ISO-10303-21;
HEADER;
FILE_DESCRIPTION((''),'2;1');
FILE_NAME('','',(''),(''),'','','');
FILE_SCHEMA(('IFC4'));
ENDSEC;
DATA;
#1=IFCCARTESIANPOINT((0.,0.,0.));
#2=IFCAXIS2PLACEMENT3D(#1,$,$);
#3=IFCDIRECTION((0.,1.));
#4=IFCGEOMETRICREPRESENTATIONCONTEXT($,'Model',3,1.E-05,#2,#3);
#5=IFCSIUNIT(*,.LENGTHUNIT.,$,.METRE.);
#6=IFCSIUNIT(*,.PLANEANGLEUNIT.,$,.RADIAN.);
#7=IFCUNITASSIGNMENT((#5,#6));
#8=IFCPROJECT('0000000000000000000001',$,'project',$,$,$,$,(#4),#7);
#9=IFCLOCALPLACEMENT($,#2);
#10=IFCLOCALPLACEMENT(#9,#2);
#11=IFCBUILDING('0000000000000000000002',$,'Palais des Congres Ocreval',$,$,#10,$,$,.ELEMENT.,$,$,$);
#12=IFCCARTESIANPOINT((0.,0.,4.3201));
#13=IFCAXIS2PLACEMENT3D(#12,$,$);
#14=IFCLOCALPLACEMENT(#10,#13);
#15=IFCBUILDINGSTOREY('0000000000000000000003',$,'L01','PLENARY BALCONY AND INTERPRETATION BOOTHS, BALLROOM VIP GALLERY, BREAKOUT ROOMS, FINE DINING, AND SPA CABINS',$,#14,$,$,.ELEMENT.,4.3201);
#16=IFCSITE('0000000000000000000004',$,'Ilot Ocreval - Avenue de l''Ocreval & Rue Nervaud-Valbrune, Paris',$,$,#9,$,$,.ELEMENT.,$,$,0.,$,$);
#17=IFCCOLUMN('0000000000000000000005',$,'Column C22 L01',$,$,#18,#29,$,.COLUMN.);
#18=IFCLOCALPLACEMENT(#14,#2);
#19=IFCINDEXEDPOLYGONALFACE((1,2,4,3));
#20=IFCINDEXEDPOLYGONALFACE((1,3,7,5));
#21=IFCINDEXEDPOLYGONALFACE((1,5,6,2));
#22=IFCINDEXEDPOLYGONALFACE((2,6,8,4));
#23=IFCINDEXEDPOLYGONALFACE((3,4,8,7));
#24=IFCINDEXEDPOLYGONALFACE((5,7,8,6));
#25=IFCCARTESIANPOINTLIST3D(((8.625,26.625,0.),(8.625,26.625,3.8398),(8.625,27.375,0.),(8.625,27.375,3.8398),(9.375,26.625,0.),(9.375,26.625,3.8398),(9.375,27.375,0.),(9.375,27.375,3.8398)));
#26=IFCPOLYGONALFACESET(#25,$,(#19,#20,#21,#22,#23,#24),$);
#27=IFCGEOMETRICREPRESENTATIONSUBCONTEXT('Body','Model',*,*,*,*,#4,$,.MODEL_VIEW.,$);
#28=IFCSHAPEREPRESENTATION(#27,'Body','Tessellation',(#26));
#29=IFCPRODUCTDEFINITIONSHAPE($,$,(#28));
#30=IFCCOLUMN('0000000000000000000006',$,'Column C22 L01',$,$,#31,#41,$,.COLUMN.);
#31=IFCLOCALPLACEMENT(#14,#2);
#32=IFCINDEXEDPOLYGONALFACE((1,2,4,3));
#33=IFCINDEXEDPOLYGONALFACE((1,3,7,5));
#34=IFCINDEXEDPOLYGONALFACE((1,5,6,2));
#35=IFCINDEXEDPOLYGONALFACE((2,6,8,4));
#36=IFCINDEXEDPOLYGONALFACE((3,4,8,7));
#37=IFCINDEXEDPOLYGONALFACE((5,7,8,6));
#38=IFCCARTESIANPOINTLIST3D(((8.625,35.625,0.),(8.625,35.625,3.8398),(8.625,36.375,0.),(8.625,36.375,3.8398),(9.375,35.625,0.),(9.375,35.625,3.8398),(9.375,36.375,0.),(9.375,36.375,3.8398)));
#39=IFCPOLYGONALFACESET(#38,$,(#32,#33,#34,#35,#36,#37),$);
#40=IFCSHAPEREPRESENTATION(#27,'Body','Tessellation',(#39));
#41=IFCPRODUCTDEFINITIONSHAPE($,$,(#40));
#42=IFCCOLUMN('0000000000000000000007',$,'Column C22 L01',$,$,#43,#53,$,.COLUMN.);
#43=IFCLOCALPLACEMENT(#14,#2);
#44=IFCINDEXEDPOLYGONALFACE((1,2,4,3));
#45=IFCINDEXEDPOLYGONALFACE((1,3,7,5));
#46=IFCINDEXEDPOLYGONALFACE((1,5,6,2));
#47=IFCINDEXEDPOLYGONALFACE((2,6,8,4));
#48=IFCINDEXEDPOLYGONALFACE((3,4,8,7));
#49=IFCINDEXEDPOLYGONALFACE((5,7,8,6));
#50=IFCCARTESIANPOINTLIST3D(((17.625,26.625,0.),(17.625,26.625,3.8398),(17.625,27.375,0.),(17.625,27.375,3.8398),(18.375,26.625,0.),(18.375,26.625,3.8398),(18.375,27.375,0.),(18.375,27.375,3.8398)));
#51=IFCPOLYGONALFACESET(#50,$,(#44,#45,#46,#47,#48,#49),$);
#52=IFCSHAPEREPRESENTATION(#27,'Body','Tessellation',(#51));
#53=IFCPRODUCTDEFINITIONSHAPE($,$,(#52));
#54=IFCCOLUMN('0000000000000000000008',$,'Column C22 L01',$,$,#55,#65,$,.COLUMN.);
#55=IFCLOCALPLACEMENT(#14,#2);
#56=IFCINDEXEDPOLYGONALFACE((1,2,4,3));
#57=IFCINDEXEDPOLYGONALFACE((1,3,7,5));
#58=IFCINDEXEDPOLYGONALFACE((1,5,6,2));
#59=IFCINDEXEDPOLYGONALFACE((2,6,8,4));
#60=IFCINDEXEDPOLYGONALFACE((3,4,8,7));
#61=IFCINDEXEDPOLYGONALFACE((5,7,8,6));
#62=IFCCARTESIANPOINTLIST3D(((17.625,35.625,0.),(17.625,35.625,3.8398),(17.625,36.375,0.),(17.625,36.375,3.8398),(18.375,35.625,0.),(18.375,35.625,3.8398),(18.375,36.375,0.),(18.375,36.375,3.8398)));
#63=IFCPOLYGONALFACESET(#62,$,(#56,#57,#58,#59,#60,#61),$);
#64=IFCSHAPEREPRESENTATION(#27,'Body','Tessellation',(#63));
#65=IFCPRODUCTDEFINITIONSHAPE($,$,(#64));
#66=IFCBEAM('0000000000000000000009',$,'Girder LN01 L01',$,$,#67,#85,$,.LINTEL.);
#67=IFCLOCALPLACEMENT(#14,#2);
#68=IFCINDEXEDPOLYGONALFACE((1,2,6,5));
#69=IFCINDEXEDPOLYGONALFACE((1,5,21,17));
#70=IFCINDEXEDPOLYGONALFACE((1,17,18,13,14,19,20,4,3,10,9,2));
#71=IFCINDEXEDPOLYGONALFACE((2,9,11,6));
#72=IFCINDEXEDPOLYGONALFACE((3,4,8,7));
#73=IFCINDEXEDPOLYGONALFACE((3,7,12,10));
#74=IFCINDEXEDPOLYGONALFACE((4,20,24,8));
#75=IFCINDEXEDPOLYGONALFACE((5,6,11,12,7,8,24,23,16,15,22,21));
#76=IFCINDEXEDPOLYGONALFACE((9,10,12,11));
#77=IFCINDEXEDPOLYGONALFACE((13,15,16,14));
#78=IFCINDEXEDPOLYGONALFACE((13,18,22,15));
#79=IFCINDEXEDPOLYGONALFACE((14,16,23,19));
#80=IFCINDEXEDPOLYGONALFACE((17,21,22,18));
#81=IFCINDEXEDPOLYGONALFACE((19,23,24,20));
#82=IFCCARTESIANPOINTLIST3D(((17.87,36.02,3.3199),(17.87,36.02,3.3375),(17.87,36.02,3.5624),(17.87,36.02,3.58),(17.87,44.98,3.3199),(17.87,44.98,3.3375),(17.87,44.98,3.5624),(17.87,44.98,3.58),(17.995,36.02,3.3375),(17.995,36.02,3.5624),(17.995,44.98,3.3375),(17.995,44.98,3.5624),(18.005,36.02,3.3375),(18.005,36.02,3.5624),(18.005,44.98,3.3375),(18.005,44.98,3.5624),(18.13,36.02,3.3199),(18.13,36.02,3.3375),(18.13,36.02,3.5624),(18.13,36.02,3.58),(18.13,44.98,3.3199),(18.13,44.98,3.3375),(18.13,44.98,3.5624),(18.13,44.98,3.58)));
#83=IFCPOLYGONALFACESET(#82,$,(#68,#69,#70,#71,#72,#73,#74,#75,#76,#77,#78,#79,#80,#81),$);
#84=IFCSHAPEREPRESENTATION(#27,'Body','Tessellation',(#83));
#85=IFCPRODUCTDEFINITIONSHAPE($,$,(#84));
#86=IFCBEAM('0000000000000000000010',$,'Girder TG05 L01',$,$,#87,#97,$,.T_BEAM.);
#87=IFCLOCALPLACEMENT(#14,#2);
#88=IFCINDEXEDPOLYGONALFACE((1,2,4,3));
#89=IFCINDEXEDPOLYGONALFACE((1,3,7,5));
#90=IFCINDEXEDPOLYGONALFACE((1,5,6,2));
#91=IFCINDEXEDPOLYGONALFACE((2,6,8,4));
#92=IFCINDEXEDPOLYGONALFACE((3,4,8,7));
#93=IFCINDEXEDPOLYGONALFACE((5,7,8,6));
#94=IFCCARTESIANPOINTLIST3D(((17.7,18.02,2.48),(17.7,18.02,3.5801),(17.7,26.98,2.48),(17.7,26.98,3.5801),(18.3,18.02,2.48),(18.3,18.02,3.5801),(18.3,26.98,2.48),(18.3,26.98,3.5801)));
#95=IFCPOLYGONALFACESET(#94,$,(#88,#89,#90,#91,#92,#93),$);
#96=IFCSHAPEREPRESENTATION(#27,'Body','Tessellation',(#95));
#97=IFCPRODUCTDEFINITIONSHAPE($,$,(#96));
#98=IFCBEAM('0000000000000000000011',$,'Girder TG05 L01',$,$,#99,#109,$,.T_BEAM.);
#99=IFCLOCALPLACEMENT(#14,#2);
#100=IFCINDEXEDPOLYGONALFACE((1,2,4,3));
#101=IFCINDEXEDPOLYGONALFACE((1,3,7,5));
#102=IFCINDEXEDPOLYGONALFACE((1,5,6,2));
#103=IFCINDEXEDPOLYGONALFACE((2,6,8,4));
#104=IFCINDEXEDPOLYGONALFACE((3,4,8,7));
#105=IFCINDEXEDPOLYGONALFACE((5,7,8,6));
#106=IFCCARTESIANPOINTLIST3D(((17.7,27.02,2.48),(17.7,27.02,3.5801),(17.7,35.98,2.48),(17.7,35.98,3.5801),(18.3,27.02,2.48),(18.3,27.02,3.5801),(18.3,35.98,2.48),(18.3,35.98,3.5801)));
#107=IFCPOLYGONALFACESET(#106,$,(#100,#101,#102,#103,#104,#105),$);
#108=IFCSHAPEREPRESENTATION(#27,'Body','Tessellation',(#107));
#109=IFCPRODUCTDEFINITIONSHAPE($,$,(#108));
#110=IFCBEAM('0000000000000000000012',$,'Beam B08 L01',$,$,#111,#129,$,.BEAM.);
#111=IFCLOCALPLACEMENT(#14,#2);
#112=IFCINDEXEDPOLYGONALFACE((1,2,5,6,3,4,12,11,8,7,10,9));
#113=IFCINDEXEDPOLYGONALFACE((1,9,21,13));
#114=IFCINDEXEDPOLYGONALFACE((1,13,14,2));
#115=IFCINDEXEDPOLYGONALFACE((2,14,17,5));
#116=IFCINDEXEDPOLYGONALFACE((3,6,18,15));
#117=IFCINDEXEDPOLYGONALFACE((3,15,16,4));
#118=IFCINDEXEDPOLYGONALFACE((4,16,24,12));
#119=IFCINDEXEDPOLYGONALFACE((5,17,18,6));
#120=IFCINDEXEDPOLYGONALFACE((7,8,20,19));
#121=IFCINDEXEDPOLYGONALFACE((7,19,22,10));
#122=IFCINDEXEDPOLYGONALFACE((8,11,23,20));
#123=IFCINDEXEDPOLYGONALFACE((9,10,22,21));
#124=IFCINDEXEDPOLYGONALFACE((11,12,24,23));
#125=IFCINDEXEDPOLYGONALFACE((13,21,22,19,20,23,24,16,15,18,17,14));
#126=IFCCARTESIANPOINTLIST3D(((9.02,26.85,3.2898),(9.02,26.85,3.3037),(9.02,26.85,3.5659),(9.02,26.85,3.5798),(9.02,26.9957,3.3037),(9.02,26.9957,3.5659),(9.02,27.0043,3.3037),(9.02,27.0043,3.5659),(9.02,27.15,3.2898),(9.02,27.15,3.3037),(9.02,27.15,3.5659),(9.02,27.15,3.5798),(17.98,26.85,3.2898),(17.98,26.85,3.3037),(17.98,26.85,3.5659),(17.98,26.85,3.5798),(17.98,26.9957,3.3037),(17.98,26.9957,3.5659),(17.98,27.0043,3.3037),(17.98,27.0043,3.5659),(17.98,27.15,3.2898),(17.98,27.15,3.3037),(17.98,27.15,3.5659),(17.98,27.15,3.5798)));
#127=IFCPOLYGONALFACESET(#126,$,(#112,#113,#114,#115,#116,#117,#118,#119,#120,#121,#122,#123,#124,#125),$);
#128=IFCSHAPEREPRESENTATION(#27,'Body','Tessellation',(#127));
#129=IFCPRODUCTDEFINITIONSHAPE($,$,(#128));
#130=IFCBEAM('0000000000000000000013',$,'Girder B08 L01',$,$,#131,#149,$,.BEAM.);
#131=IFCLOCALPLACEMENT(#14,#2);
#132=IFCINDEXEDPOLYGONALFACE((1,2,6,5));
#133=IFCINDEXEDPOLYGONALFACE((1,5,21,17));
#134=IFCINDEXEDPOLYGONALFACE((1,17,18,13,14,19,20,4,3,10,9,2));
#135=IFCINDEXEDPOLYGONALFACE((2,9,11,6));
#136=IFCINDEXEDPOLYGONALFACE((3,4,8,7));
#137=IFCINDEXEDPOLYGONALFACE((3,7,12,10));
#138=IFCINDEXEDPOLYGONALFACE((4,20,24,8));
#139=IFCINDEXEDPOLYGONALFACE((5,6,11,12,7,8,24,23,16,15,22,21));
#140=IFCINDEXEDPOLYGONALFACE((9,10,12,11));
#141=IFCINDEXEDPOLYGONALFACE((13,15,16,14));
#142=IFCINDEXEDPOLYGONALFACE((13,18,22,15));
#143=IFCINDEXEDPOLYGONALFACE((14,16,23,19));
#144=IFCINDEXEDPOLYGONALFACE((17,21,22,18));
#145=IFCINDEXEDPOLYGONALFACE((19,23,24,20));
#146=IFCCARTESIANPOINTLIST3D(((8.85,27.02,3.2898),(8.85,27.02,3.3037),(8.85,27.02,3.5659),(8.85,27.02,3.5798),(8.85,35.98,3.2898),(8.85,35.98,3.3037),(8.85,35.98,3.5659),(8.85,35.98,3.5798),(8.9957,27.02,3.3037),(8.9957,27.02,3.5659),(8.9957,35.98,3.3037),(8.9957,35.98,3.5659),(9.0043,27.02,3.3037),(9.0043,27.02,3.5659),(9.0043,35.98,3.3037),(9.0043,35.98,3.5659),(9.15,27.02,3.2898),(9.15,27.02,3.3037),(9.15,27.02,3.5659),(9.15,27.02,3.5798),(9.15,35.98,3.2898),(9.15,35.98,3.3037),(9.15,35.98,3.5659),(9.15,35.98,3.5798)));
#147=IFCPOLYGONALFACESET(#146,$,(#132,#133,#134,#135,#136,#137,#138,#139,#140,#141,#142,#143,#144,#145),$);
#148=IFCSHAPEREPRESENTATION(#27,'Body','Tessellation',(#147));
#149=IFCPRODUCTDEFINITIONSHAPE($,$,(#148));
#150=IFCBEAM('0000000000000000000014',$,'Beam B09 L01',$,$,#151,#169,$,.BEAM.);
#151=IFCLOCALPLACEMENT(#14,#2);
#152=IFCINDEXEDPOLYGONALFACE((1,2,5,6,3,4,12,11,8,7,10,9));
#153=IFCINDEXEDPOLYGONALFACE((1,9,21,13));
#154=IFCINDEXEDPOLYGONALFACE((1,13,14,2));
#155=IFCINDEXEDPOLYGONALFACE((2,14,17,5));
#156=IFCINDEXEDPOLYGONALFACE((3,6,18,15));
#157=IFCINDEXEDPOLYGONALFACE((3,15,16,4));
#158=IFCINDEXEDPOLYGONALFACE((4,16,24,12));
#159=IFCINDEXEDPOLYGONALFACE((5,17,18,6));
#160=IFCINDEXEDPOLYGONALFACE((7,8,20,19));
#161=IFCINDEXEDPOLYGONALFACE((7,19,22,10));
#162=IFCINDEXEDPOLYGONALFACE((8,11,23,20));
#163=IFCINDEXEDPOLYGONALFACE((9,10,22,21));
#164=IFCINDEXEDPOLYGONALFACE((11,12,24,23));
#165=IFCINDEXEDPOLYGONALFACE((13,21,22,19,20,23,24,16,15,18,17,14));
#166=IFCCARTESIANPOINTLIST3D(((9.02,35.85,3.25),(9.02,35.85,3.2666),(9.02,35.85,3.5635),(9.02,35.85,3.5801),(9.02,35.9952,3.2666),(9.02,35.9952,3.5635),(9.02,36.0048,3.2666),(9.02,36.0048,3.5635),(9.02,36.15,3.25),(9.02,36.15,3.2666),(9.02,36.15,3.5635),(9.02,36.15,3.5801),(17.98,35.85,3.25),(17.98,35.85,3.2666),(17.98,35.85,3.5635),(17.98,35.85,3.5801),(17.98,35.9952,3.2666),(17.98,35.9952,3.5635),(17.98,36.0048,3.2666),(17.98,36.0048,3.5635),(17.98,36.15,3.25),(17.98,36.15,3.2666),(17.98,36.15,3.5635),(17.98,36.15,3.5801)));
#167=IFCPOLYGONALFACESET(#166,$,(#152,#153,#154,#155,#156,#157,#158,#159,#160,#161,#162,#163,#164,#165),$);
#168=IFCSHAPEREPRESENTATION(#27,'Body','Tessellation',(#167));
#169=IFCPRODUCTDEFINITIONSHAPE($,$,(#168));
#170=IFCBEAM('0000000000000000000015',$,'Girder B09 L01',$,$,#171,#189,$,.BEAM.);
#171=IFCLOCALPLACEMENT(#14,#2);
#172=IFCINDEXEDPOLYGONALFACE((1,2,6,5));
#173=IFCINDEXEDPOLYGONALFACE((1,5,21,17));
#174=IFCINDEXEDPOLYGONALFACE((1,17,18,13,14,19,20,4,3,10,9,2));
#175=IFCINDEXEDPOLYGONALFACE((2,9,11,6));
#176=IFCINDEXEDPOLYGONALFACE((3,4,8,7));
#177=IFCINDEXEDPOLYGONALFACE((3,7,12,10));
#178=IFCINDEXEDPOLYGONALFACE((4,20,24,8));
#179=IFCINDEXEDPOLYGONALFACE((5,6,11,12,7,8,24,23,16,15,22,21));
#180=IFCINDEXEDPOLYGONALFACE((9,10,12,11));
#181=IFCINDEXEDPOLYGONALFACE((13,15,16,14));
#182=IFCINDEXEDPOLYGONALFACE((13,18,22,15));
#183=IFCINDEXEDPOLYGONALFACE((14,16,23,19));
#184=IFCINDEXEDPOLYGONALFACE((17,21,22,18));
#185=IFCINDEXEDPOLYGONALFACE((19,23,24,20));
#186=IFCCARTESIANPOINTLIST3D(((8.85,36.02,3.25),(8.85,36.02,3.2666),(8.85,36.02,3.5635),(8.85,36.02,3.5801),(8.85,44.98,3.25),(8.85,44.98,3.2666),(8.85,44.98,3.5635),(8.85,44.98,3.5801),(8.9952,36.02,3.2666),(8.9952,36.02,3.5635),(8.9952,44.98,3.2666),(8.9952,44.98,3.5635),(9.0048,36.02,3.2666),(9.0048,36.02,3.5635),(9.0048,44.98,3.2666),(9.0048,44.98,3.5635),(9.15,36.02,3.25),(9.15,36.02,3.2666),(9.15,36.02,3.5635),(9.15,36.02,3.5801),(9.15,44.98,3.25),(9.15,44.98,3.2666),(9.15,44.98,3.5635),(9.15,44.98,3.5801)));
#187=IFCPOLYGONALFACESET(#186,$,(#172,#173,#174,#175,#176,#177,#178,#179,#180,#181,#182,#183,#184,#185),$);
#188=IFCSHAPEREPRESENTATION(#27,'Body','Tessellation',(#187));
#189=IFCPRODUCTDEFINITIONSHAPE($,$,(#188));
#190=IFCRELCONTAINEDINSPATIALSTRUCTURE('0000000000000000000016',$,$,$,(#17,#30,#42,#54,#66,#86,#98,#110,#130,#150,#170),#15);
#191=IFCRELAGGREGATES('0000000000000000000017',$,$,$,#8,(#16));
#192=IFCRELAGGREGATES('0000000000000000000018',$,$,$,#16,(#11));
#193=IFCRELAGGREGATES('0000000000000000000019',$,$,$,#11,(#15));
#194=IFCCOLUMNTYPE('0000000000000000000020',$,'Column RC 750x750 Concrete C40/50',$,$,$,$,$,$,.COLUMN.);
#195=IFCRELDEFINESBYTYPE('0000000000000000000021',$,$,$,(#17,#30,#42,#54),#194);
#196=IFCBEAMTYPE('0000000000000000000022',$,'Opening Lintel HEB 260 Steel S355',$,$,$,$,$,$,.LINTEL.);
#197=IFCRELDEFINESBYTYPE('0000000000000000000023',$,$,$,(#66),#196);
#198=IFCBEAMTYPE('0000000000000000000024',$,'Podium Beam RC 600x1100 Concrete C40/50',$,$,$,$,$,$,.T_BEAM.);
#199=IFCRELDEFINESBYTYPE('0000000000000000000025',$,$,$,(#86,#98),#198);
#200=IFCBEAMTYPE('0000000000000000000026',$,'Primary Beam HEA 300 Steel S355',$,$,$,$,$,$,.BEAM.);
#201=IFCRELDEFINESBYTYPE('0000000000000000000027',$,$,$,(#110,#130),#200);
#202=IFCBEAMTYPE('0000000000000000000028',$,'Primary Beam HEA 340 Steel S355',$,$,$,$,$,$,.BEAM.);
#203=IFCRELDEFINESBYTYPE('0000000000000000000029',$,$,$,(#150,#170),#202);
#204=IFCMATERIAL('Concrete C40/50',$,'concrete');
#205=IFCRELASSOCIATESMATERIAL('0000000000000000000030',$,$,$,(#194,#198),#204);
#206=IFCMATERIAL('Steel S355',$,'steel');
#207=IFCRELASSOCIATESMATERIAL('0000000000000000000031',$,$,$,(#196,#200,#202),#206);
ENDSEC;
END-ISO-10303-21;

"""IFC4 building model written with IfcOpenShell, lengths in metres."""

from ifc_helpers import new_model, si_unit, direction, frame, origin, origin_2d, place, context, subcontext, project, spatial, rectangle, i_section, extrude, material, material_profile, profile_set, type_object, element, save


model = new_model("IFC4")

# Units and contexts
model_context = context("Model", 3, precision=1e-05, world=origin(), true_north=direction((0.0, 1.0)))
body_context = subcontext(model_context, "Body", "Model", "MODEL_VIEW")
ifc_project = project(units=[si_unit("LENGTHUNIT", "METRE"), si_unit("PLANEANGLEUNIT", "RADIAN")], contexts=[model_context])

# Site, building, storey
site_placement = place(None, origin())
site = spatial("IfcSite", under=ifc_project, at=site_placement, Name="Ilot Ocreval - Avenue de l'Ocreval & Rue Nervaud-Valbrune, Paris", CompositionType="ELEMENT", RefElevation=0.0)
building_placement = place(site_placement, origin())
building = spatial("IfcBuilding", under=site, at=building_placement, Name="Palais des Congres Ocreval", CompositionType="ELEMENT")
storey_placement = place(building_placement, frame((0.0, 0.0, 4.3201)))
storey = spatial("IfcBuildingStorey", under=building, at=storey_placement, Name="L01", Description="PLENARY BALCONY AND INTERPRETATION BOOTHS, BALLROOM VIP GALLERY, BREAKOUT ROOMS, FINE DINING, AND SPA CABINS", CompositionType="ELEMENT", Elevation=4.3201)

# Columns
ifc_material_1 = material(Name="Concrete C40/50", Category="concrete")
ifc_material_profile_1 = material_profile(ifc_material_1, rectangle(XDim=0.75, YDim=0.75, at=origin_2d()), Name="RC 750x750")
ifc_profile_set_1 = profile_set([ifc_material_profile_1], Name="Concrete C40/50")
column_type = type_object("IfcColumnType", Name="Column RC 750x750 Concrete C40/50", PredefinedType="COLUMN", material=ifc_profile_set_1)
for number, where, z_axis, x_axis, name in (
    (1, (9.0, 27.0, 0.0), (0.0, 0.0, 1.0), (1.0, 0.0, 0.0), "Column C22 L01"),
    (2, (9.0, 36.0, 0.0), (0.0, 0.0, 1.0), (1.0, 0.0, 0.0), "Column C22 L01"),
    (3, (18.0, 27.0, 0.0), (0.0, 0.0, 1.0), (1.0, 0.0, 0.0), "Column C22 L01"),
    (4, (18.0, 36.0, 0.0), (0.0, 0.0, 1.0), (1.0, 0.0, 0.0), "Column C22 L01"),
):
    element("IfcColumn", number, at=place(storey_placement, frame(where, z_axis=z_axis, x_axis=x_axis)), inside=storey, type_object=column_type, Name=name, PredefinedType="COLUMN", context=body_context, shape_type="SweptSolid", body=[
        extrude(rectangle(XDim=0.75, YDim=0.75, at=origin_2d()), origin(), (0.0, 0.0, 1.0), 3.8398),
    ])

# Beams
ifc_material_2 = material(Name="Steel S355", Category="steel")
ifc_material_profile_2 = material_profile(ifc_material_2, i_section(OverallWidth=0.26, OverallDepth=0.26, WebThickness=0.01, FlangeThickness=0.0176, at=origin_2d()), Name="HEB 260")
ifc_profile_set_2 = profile_set([ifc_material_profile_2], Name="Steel S355")
beam_type_1 = type_object("IfcBeamType", Name="Opening Lintel HEB 260 Steel S355", PredefinedType="LINTEL", material=ifc_profile_set_2)
beam_1_placement = place(storey_placement, frame((18.0, 36.02, 3.45), z_axis=(0.0, 1.0, 0.0), x_axis=(-1.0, 0.0, 0.0)))
element("IfcBeam", 5, at=beam_1_placement, inside=storey, type_object=beam_type_1, Name="Girder LN01 L01", PredefinedType="LINTEL", context=body_context, shape_type="SweptSolid", body=[
    extrude(i_section(OverallWidth=0.26, OverallDepth=0.26, WebThickness=0.01, FlangeThickness=0.0176, at=origin_2d()), origin(), (0.0, 0.0, 1.0), 8.96),
])
ifc_material_profile_3 = material_profile(ifc_material_1, rectangle(XDim=0.6001, YDim=1.1001, at=origin_2d()), Name="RC 600x1100")
ifc_profile_set_3 = profile_set([ifc_material_profile_3], Name="Concrete C40/50")
beam_type_2 = type_object("IfcBeamType", Name="Podium Beam RC 600x1100 Concrete C40/50", PredefinedType="T_BEAM", material=ifc_profile_set_3)
for number, where, z_axis, x_axis, name in (
    (6, (18.0, 18.02, 3.03), (0.0, 1.0, 0.0), (-1.0, 0.0, 0.0), "Girder TG05 L01"),
    (7, (18.0, 27.02, 3.03), (0.0, 1.0, 0.0), (-1.0, 0.0, 0.0), "Girder TG05 L01"),
):
    element("IfcBeam", number, at=place(storey_placement, frame(where, z_axis=z_axis, x_axis=x_axis)), inside=storey, type_object=beam_type_2, Name=name, PredefinedType="T_BEAM", context=body_context, shape_type="SweptSolid", body=[
        extrude(rectangle(XDim=0.6001, YDim=1.1001, at=origin_2d()), origin(), (0.0, 0.0, 1.0), 8.96),
    ])
ifc_material_profile_4 = material_profile(ifc_material_2, i_section(OverallWidth=0.3, OverallDepth=0.29, WebThickness=0.0085, FlangeThickness=0.0139, at=origin_2d()), Name="HEA 300")
ifc_profile_set_4 = profile_set([ifc_material_profile_4], Name="Steel S355")
beam_type_3 = type_object("IfcBeamType", Name="Primary Beam HEA 300 Steel S355", PredefinedType="BEAM", material=ifc_profile_set_4)
for number, where, z_axis, x_axis, name in (
    (8, (9.02, 27.0, 3.4348), (1.0, 0.0, 0.0), (0.0, 1.0, 0.0), "Beam B08 L01"),
    (9, (9.0, 27.02, 3.4348), (0.0, 1.0, 0.0), (-1.0, 0.0, 0.0), "Girder B08 L01"),
):
    element("IfcBeam", number, at=place(storey_placement, frame(where, z_axis=z_axis, x_axis=x_axis)), inside=storey, type_object=beam_type_3, Name=name, PredefinedType="BEAM", context=body_context, shape_type="SweptSolid", body=[
        extrude(i_section(OverallWidth=0.3, OverallDepth=0.29, WebThickness=0.0085, FlangeThickness=0.0139, at=origin_2d()), origin(), (0.0, 0.0, 1.0), 8.96),
    ])
ifc_material_profile_5 = material_profile(ifc_material_2, i_section(OverallWidth=0.3, OverallDepth=0.3301, WebThickness=0.0095, FlangeThickness=0.0166, at=origin_2d()), Name="HEA 340")
ifc_profile_set_5 = profile_set([ifc_material_profile_5], Name="Steel S355")
beam_type_4 = type_object("IfcBeamType", Name="Primary Beam HEA 340 Steel S355", PredefinedType="BEAM", material=ifc_profile_set_5)
for number, where, z_axis, x_axis, name in (
    (10, (9.02, 36.0, 3.415), (1.0, 0.0, 0.0), (0.0, 1.0, 0.0), "Beam B09 L01"),
    (11, (9.0, 36.02, 3.415), (0.0, 1.0, 0.0), (-1.0, 0.0, 0.0), "Girder B09 L01"),
):
    element("IfcBeam", number, at=place(storey_placement, frame(where, z_axis=z_axis, x_axis=x_axis)), inside=storey, type_object=beam_type_4, Name=name, PredefinedType="BEAM", context=body_context, shape_type="SweptSolid", body=[
        extrude(i_section(OverallWidth=0.3, OverallDepth=0.3301, WebThickness=0.0095, FlangeThickness=0.0166, at=origin_2d()), origin(), (0.0, 0.0, 1.0), 8.96),
    ])

save(model, "model.ifc")
